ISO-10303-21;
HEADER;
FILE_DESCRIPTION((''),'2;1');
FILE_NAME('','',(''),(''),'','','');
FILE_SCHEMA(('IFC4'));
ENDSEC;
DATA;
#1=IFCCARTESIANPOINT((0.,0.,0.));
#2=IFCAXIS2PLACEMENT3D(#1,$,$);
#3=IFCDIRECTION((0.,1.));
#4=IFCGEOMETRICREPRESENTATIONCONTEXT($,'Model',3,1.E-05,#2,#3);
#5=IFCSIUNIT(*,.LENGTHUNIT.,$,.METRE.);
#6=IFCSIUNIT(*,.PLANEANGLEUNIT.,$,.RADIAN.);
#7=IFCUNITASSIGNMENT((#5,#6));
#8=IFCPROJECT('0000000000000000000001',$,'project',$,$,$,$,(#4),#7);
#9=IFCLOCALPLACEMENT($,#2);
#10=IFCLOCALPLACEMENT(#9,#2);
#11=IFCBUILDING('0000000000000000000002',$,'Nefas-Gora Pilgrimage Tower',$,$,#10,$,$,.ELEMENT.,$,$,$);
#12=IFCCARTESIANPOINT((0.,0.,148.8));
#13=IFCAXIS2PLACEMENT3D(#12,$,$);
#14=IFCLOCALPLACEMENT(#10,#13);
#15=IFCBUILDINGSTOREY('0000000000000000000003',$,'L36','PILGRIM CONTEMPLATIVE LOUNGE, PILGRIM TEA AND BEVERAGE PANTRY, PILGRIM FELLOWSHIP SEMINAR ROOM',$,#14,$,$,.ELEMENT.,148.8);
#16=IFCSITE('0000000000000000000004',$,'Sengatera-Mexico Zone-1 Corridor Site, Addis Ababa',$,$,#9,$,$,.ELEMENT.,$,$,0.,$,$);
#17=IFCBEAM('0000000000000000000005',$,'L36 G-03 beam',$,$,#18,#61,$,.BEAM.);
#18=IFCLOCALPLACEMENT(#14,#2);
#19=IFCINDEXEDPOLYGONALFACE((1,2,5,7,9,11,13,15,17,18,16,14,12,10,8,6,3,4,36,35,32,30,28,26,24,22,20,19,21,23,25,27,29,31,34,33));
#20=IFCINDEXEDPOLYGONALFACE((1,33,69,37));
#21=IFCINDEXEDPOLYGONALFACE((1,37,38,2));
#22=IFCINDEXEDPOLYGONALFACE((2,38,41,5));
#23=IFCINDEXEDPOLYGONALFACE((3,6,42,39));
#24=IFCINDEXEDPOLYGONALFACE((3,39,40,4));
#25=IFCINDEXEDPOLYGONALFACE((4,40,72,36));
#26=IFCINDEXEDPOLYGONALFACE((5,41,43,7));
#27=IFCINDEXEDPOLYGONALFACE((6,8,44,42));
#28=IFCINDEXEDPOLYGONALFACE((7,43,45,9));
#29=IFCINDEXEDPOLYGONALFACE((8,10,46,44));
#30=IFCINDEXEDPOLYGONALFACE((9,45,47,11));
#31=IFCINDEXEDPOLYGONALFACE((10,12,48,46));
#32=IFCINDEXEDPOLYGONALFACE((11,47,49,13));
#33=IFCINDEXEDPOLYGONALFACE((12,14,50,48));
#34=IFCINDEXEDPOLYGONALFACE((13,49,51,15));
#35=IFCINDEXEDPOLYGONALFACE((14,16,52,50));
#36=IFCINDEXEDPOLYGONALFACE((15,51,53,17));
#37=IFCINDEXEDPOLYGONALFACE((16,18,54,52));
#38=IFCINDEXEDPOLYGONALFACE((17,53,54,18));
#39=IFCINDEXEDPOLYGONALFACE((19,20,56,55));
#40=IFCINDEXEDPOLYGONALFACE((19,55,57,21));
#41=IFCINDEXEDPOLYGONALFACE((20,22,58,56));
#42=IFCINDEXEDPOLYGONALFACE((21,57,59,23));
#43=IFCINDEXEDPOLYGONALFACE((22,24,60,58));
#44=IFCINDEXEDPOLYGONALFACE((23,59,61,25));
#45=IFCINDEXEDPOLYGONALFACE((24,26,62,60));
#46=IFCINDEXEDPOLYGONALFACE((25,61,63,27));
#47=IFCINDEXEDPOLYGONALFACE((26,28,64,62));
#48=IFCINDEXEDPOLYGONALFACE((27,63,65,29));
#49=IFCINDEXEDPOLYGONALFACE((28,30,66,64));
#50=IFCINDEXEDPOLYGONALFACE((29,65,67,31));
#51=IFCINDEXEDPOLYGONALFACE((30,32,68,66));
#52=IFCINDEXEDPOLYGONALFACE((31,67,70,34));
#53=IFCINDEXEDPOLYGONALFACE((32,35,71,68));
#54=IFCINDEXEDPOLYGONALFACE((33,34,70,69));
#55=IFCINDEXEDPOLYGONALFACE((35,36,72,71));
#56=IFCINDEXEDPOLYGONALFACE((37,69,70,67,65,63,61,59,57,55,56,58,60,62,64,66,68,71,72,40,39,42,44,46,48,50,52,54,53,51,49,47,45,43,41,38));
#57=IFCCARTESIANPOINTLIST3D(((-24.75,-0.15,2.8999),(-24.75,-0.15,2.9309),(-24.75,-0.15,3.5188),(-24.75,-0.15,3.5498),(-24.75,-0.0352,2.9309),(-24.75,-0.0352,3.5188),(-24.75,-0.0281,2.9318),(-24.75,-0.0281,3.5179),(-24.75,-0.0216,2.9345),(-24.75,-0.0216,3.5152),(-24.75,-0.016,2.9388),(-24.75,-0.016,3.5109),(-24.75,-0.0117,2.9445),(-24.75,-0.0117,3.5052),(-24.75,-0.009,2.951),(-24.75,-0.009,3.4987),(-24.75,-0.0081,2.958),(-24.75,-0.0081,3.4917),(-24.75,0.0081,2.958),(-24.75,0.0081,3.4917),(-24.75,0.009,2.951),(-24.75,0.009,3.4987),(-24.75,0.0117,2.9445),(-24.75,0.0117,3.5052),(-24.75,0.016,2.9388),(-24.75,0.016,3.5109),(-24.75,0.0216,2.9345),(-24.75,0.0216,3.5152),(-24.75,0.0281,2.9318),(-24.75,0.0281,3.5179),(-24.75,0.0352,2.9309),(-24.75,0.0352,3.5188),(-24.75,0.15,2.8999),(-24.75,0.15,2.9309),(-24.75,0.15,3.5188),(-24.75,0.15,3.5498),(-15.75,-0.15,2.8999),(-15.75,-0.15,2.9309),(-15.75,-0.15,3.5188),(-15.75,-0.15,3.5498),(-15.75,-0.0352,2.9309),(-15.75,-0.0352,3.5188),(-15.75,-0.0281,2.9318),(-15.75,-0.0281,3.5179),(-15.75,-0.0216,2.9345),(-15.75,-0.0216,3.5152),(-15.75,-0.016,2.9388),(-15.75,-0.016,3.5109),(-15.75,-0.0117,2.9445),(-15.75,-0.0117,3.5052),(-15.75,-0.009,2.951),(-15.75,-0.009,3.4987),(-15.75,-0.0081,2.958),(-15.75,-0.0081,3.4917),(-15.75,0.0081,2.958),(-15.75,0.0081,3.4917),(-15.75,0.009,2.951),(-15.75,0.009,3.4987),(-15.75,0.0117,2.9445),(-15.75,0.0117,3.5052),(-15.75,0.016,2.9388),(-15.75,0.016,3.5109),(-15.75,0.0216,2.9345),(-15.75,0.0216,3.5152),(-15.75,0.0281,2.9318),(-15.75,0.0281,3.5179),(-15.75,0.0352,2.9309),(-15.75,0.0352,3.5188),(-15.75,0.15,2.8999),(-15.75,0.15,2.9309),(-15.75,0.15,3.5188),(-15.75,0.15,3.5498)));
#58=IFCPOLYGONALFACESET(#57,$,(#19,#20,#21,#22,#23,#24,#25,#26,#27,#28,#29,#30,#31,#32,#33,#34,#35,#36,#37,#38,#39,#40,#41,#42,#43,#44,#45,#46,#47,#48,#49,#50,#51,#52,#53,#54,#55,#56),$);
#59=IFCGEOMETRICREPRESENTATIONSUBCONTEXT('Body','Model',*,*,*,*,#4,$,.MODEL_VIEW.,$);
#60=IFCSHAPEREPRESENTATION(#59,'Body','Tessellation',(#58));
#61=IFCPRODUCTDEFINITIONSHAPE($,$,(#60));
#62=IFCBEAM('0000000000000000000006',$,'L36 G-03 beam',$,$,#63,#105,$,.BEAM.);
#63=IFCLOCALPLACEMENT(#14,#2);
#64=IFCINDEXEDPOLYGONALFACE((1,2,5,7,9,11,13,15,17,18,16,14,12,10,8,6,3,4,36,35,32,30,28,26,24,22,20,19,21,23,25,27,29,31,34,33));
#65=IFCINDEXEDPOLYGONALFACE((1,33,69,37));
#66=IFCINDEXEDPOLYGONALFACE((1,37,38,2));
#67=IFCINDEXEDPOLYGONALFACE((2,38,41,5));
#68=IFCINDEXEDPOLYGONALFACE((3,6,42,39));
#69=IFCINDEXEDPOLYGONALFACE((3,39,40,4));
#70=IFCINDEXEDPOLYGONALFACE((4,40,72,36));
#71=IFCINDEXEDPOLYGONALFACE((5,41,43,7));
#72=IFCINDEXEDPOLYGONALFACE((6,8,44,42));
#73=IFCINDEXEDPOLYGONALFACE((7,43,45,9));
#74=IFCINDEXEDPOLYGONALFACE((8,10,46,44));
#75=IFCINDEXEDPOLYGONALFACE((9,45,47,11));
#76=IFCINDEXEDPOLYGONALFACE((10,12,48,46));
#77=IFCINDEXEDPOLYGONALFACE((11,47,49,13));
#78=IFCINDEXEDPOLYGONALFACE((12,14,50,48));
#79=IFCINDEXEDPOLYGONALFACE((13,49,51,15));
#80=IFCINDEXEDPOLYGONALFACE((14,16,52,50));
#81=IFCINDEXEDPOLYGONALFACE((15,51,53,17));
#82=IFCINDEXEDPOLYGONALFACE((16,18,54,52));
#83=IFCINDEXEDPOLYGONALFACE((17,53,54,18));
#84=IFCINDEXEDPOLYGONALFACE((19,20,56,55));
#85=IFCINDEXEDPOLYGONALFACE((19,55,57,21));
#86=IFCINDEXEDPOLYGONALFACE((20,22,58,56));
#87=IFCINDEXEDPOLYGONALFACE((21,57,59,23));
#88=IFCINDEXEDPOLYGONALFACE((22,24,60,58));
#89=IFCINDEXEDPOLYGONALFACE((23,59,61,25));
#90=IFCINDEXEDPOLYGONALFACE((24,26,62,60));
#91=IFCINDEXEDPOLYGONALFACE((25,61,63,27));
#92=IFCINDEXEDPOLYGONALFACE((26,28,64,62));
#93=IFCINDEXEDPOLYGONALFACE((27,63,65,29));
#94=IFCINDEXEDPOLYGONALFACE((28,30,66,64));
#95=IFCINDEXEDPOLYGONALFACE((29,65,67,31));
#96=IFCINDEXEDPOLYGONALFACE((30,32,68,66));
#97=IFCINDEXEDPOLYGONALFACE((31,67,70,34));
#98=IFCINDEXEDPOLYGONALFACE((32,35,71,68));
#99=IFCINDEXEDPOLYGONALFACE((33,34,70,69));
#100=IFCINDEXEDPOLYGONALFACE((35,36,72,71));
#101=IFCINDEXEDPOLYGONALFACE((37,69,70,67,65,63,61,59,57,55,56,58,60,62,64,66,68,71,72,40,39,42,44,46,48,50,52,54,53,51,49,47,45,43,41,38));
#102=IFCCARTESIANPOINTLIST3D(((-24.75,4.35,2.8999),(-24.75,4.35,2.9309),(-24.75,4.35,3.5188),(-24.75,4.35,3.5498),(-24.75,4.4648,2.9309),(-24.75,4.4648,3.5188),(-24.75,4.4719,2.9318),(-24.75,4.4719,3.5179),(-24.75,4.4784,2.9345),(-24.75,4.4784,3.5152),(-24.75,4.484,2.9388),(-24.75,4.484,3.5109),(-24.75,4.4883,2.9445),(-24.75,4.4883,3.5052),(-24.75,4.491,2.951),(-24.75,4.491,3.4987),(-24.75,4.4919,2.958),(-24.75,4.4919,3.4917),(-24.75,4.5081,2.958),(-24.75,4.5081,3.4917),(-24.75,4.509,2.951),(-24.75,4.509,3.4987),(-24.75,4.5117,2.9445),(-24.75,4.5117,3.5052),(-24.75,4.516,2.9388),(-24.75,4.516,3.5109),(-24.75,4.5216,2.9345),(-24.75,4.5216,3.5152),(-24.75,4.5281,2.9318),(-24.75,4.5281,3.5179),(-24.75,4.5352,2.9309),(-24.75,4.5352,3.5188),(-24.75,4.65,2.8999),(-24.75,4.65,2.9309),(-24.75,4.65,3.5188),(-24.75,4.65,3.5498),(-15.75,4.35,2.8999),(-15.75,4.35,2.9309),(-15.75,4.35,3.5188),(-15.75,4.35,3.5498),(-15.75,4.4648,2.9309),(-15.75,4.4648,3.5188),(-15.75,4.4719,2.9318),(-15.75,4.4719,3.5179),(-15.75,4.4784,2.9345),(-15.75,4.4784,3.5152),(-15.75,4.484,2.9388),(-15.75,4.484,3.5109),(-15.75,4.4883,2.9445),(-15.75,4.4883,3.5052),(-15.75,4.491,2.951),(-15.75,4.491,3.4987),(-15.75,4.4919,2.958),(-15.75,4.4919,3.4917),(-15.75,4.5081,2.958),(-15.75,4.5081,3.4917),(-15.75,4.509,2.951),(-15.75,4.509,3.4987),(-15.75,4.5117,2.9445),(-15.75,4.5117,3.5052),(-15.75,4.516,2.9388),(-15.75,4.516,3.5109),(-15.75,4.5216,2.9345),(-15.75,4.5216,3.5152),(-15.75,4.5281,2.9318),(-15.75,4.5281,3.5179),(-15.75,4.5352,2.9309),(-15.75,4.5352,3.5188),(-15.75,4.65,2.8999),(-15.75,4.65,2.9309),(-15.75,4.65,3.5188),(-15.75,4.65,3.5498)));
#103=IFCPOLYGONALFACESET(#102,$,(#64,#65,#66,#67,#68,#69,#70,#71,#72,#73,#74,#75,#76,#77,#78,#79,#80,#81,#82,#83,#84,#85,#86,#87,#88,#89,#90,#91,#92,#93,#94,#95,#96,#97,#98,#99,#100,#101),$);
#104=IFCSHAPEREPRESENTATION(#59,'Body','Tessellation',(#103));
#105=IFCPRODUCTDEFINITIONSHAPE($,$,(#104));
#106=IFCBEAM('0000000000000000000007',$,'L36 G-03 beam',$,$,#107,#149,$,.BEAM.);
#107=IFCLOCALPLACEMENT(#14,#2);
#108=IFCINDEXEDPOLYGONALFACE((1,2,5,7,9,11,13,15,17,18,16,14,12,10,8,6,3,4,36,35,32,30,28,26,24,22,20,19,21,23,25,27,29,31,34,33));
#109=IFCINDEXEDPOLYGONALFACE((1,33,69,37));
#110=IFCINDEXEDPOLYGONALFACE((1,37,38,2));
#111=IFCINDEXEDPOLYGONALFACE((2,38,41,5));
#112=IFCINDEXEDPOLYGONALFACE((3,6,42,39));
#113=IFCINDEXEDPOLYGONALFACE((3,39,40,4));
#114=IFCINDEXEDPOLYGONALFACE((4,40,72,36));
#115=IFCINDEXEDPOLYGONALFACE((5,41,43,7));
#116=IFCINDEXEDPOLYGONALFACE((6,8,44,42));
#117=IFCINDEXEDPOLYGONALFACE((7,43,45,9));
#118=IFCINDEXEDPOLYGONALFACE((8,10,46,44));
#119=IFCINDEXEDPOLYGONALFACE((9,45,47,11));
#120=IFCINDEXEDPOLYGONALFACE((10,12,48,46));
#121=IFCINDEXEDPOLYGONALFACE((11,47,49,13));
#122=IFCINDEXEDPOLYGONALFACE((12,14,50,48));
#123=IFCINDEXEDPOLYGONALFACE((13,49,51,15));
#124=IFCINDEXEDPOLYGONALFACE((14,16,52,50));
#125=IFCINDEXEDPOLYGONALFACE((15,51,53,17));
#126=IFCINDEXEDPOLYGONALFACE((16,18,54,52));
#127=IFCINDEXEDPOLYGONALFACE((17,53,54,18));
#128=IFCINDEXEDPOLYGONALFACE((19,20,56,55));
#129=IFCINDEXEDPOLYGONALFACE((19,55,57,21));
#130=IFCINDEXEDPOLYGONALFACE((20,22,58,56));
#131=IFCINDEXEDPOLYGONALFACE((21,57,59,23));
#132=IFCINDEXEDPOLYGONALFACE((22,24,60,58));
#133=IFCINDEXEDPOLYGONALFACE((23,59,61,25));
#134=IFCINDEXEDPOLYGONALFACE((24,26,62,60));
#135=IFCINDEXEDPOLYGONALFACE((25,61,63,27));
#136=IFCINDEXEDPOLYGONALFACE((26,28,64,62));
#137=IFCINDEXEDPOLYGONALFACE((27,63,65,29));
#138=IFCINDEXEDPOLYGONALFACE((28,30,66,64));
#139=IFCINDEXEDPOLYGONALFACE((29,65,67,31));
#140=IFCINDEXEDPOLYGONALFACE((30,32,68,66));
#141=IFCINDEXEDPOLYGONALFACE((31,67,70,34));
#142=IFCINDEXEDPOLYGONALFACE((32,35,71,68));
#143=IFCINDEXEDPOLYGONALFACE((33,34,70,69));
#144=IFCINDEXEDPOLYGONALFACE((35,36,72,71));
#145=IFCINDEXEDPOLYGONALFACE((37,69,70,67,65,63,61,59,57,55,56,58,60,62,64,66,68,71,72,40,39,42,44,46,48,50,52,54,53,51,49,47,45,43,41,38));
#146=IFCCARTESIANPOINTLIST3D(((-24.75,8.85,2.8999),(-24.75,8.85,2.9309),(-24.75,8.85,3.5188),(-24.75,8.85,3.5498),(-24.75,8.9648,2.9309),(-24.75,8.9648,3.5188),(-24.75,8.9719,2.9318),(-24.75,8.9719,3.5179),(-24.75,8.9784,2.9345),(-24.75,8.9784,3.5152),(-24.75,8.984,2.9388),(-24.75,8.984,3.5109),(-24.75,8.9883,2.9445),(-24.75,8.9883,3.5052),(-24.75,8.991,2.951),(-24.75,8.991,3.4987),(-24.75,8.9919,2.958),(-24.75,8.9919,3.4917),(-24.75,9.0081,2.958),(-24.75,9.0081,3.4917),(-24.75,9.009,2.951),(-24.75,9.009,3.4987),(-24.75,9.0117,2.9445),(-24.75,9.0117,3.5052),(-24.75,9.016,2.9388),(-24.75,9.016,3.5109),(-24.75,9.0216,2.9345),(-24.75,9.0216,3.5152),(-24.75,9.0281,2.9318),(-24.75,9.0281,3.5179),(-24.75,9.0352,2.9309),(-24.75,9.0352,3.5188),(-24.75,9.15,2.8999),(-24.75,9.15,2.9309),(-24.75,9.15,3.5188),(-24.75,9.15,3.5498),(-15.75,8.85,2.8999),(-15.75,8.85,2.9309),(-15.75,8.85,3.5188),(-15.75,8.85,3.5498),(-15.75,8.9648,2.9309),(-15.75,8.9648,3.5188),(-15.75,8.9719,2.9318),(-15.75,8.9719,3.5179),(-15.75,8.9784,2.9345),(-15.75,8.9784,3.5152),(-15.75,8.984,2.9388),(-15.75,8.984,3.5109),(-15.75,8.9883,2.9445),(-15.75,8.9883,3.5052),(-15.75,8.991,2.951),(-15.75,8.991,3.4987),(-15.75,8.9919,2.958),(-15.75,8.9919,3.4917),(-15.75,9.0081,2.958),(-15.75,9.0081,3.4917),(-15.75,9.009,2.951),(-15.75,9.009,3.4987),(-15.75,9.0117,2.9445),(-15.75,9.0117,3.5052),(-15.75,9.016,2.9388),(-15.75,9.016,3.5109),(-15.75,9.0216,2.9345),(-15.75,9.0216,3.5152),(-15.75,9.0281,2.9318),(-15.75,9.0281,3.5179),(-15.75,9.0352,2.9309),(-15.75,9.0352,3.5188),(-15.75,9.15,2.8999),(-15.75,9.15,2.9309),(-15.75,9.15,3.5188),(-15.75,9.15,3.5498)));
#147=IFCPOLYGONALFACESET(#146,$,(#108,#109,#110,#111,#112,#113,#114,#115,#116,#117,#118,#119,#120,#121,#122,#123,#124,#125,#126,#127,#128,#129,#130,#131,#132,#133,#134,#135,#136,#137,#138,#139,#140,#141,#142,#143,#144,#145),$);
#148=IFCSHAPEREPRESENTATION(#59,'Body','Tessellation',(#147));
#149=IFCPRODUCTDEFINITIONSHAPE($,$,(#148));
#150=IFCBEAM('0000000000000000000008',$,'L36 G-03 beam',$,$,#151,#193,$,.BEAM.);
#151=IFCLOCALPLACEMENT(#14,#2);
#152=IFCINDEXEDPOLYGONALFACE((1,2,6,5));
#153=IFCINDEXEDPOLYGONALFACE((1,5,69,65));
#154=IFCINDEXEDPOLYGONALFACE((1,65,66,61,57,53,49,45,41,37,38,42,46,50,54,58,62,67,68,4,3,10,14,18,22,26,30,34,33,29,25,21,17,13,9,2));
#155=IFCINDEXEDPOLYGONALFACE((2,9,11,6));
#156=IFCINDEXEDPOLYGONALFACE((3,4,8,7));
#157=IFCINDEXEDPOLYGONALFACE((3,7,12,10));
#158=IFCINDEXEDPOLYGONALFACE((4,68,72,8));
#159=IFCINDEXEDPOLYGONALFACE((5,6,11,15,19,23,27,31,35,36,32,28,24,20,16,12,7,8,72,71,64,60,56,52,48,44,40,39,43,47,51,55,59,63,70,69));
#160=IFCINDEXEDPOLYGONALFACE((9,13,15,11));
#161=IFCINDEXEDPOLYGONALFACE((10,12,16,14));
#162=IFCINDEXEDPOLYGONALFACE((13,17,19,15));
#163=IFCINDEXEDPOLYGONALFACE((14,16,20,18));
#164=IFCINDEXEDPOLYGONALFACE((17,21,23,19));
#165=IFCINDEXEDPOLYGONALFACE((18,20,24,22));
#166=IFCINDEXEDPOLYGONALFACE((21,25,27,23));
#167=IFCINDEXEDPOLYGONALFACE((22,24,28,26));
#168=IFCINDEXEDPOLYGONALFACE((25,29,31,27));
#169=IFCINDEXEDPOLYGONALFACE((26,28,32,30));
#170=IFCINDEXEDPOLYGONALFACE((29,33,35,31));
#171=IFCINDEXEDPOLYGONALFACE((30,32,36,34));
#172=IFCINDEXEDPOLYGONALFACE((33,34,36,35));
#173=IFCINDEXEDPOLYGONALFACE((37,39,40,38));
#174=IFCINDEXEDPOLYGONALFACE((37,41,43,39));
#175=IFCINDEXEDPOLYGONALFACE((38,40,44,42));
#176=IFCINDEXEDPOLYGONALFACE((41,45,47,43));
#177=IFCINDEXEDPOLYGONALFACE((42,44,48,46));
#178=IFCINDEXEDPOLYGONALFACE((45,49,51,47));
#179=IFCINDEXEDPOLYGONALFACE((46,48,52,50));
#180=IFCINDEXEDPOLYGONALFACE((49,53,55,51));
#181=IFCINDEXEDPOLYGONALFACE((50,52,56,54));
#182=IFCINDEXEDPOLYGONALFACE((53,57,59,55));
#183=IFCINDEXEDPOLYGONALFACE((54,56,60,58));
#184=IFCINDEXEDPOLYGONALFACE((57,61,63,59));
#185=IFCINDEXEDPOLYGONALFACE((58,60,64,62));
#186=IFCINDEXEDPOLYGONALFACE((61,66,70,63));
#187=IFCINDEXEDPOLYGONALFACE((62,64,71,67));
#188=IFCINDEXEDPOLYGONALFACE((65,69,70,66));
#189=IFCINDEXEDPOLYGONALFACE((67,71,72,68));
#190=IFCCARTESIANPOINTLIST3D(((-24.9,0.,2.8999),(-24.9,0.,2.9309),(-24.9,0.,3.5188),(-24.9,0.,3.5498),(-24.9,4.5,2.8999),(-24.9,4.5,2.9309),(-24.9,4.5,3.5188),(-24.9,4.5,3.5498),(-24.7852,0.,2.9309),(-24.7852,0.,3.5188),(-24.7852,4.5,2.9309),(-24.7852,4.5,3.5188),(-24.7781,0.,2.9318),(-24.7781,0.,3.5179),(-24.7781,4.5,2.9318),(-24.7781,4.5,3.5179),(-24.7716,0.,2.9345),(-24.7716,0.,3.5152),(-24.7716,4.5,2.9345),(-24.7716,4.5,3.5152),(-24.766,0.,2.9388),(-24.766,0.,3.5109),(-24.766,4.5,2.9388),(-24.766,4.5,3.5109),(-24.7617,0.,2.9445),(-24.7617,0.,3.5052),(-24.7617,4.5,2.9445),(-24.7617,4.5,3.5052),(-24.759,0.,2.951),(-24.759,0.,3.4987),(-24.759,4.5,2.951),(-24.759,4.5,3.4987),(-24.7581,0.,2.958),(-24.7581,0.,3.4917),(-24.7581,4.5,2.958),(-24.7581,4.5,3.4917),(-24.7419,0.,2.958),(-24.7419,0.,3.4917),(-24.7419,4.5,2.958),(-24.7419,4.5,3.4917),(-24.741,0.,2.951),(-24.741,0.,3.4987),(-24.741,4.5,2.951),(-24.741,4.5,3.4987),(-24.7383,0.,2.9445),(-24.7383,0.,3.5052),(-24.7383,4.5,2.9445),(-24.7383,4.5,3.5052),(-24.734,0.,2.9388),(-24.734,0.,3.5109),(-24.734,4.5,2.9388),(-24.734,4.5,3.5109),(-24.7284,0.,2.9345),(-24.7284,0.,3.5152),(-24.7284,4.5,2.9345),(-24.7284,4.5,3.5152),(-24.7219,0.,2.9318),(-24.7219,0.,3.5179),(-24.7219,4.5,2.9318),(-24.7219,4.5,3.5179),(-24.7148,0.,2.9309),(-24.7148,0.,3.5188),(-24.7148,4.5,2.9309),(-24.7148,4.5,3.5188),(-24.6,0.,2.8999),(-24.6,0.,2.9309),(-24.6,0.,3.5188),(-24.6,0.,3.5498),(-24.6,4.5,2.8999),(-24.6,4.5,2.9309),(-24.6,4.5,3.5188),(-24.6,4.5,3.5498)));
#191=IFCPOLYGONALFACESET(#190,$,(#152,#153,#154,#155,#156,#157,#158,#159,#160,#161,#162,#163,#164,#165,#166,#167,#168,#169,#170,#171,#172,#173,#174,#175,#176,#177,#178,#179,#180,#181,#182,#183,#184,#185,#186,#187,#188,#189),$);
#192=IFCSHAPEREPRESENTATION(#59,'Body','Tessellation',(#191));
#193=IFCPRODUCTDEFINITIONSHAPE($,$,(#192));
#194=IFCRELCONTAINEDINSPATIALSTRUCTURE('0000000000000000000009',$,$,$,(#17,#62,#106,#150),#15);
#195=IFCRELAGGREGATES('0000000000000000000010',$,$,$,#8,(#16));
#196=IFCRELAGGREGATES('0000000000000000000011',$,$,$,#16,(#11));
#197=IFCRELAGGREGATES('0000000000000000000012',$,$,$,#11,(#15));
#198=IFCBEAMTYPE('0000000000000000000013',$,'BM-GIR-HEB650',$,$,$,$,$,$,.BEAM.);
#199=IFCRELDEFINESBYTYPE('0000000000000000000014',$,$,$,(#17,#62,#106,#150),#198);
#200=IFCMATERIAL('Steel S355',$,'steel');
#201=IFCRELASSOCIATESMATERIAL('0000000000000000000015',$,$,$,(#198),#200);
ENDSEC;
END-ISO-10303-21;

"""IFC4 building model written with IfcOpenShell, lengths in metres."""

from ifc_helpers import new_model, si_unit, direction, frame, origin, origin_2d, place, context, subcontext, project, spatial, i_section, extrude, source, transform, mapped, material, material_profile, profile_set, type_object, element, save


model = new_model("IFC4")

# Units and contexts
model_context = context("Model", 3, precision=1e-05, world=origin(), true_north=direction((0.0, 1.0)))
body_context = subcontext(model_context, "Body", "Model", "MODEL_VIEW")
ifc_project = project(units=[si_unit("LENGTHUNIT", "METRE"), si_unit("PLANEANGLEUNIT", "RADIAN")], contexts=[model_context])

# Site, building, storey
site_placement = place(None, origin())
site = spatial("IfcSite", under=ifc_project, at=site_placement, Name="Sengatera-Mexico Zone-1 Corridor Site, Addis Ababa", CompositionType="ELEMENT", RefElevation=0.0)
building_placement = place(site_placement, origin())
building = spatial("IfcBuilding", under=site, at=building_placement, Name="Nefas-Gora Pilgrimage Tower", CompositionType="ELEMENT")
storey_placement = place(building_placement, frame((0.0, 0.0, 148.8)))
storey = spatial("IfcBuildingStorey", under=building, at=storey_placement, Name="L36", Description="PILGRIM CONTEMPLATIVE LOUNGE, PILGRIM TEA AND BEVERAGE PANTRY, PILGRIM FELLOWSHIP SEMINAR ROOM", CompositionType="ELEMENT", Elevation=148.8)

# Beams
ifc_material_1 = material(Name="Steel S355", Category="steel")
ifc_material_profile_1 = material_profile(ifc_material_1, i_section(OverallWidth=0.3, OverallDepth=0.6499, WebThickness=0.0161, FlangeThickness=0.031, FilletRadius=0.0271, at=origin_2d()), Name="HEB 650")
ifc_profile_set_1 = profile_set([ifc_material_profile_1], Name="Steel S355")
beam_type_1 = type_object("IfcBeamType", Name="BM-GIR-HEB650", PredefinedType="BEAM", material=ifc_profile_set_1)
shared_shape_1 = source(origin(), body_context, "Body", "SweptSolid", [
    extrude(i_section(OverallWidth=0.3, OverallDepth=0.6499, WebThickness=0.0161, FlangeThickness=0.031, FilletRadius=0.0271, at=origin_2d()), origin(), (0.0, 0.0, 1.0), 9.0),
])
for number, where, z_axis, x_axis, name in (
    (1, (-24.75, 0.0, 3.2249), (1.0, 0.0, 0.0), (0.0, 1.0, 0.0), "L36 G-03 beam"),
    (2, (-24.75, 4.5, 3.2249), (1.0, 0.0, 0.0), (0.0, 1.0, 0.0), "L36 G-03 beam"),
    (3, (-24.75, 9.0, 3.2249), (1.0, 0.0, 0.0), (0.0, 1.0, 0.0), "L36 G-03 beam"),
):
    element("IfcBeam", number, at=place(storey_placement, frame(where, z_axis=z_axis, x_axis=x_axis)), inside=storey, type_object=beam_type_1, Name=name, PredefinedType="BEAM", context=body_context, shape_type="MappedRepresentation", body=[
        mapped(shared_shape_1, transform((0.0, 0.0, 0.0), x_axis=(1.0, 0.0, 0.0), y_axis=(0.0, 1.0, 0.0), z_axis=(0.0, 0.0, 1.0), scale=1.0)),
    ])
shared_shape_2 = source(origin(), body_context, "Body", "SweptSolid", [
    extrude(i_section(OverallWidth=0.3, OverallDepth=0.6499, WebThickness=0.0161, FlangeThickness=0.031, FilletRadius=0.0271, at=origin_2d()), origin(), (0.0, 0.0, 1.0), 4.5),
])
for number, where, z_axis, x_axis, name in (
    (4, (-24.75, 0.0, 3.2249), (0.0, 1.0, 0.0), (-1.0, 0.0, 0.0), "L36 G-03 beam"),
):
    element("IfcBeam", number, at=place(storey_placement, frame(where, z_axis=z_axis, x_axis=x_axis)), inside=storey, type_object=beam_type_1, Name=name, PredefinedType="BEAM", context=body_context, shape_type="MappedRepresentation", body=[
        mapped(shared_shape_2, transform((0.0, 0.0, 0.0), x_axis=(1.0, 0.0, 0.0), y_axis=(0.0, 1.0, 0.0), z_axis=(0.0, 0.0, 1.0), scale=1.0)),
    ])

save(model, "model.ifc")
